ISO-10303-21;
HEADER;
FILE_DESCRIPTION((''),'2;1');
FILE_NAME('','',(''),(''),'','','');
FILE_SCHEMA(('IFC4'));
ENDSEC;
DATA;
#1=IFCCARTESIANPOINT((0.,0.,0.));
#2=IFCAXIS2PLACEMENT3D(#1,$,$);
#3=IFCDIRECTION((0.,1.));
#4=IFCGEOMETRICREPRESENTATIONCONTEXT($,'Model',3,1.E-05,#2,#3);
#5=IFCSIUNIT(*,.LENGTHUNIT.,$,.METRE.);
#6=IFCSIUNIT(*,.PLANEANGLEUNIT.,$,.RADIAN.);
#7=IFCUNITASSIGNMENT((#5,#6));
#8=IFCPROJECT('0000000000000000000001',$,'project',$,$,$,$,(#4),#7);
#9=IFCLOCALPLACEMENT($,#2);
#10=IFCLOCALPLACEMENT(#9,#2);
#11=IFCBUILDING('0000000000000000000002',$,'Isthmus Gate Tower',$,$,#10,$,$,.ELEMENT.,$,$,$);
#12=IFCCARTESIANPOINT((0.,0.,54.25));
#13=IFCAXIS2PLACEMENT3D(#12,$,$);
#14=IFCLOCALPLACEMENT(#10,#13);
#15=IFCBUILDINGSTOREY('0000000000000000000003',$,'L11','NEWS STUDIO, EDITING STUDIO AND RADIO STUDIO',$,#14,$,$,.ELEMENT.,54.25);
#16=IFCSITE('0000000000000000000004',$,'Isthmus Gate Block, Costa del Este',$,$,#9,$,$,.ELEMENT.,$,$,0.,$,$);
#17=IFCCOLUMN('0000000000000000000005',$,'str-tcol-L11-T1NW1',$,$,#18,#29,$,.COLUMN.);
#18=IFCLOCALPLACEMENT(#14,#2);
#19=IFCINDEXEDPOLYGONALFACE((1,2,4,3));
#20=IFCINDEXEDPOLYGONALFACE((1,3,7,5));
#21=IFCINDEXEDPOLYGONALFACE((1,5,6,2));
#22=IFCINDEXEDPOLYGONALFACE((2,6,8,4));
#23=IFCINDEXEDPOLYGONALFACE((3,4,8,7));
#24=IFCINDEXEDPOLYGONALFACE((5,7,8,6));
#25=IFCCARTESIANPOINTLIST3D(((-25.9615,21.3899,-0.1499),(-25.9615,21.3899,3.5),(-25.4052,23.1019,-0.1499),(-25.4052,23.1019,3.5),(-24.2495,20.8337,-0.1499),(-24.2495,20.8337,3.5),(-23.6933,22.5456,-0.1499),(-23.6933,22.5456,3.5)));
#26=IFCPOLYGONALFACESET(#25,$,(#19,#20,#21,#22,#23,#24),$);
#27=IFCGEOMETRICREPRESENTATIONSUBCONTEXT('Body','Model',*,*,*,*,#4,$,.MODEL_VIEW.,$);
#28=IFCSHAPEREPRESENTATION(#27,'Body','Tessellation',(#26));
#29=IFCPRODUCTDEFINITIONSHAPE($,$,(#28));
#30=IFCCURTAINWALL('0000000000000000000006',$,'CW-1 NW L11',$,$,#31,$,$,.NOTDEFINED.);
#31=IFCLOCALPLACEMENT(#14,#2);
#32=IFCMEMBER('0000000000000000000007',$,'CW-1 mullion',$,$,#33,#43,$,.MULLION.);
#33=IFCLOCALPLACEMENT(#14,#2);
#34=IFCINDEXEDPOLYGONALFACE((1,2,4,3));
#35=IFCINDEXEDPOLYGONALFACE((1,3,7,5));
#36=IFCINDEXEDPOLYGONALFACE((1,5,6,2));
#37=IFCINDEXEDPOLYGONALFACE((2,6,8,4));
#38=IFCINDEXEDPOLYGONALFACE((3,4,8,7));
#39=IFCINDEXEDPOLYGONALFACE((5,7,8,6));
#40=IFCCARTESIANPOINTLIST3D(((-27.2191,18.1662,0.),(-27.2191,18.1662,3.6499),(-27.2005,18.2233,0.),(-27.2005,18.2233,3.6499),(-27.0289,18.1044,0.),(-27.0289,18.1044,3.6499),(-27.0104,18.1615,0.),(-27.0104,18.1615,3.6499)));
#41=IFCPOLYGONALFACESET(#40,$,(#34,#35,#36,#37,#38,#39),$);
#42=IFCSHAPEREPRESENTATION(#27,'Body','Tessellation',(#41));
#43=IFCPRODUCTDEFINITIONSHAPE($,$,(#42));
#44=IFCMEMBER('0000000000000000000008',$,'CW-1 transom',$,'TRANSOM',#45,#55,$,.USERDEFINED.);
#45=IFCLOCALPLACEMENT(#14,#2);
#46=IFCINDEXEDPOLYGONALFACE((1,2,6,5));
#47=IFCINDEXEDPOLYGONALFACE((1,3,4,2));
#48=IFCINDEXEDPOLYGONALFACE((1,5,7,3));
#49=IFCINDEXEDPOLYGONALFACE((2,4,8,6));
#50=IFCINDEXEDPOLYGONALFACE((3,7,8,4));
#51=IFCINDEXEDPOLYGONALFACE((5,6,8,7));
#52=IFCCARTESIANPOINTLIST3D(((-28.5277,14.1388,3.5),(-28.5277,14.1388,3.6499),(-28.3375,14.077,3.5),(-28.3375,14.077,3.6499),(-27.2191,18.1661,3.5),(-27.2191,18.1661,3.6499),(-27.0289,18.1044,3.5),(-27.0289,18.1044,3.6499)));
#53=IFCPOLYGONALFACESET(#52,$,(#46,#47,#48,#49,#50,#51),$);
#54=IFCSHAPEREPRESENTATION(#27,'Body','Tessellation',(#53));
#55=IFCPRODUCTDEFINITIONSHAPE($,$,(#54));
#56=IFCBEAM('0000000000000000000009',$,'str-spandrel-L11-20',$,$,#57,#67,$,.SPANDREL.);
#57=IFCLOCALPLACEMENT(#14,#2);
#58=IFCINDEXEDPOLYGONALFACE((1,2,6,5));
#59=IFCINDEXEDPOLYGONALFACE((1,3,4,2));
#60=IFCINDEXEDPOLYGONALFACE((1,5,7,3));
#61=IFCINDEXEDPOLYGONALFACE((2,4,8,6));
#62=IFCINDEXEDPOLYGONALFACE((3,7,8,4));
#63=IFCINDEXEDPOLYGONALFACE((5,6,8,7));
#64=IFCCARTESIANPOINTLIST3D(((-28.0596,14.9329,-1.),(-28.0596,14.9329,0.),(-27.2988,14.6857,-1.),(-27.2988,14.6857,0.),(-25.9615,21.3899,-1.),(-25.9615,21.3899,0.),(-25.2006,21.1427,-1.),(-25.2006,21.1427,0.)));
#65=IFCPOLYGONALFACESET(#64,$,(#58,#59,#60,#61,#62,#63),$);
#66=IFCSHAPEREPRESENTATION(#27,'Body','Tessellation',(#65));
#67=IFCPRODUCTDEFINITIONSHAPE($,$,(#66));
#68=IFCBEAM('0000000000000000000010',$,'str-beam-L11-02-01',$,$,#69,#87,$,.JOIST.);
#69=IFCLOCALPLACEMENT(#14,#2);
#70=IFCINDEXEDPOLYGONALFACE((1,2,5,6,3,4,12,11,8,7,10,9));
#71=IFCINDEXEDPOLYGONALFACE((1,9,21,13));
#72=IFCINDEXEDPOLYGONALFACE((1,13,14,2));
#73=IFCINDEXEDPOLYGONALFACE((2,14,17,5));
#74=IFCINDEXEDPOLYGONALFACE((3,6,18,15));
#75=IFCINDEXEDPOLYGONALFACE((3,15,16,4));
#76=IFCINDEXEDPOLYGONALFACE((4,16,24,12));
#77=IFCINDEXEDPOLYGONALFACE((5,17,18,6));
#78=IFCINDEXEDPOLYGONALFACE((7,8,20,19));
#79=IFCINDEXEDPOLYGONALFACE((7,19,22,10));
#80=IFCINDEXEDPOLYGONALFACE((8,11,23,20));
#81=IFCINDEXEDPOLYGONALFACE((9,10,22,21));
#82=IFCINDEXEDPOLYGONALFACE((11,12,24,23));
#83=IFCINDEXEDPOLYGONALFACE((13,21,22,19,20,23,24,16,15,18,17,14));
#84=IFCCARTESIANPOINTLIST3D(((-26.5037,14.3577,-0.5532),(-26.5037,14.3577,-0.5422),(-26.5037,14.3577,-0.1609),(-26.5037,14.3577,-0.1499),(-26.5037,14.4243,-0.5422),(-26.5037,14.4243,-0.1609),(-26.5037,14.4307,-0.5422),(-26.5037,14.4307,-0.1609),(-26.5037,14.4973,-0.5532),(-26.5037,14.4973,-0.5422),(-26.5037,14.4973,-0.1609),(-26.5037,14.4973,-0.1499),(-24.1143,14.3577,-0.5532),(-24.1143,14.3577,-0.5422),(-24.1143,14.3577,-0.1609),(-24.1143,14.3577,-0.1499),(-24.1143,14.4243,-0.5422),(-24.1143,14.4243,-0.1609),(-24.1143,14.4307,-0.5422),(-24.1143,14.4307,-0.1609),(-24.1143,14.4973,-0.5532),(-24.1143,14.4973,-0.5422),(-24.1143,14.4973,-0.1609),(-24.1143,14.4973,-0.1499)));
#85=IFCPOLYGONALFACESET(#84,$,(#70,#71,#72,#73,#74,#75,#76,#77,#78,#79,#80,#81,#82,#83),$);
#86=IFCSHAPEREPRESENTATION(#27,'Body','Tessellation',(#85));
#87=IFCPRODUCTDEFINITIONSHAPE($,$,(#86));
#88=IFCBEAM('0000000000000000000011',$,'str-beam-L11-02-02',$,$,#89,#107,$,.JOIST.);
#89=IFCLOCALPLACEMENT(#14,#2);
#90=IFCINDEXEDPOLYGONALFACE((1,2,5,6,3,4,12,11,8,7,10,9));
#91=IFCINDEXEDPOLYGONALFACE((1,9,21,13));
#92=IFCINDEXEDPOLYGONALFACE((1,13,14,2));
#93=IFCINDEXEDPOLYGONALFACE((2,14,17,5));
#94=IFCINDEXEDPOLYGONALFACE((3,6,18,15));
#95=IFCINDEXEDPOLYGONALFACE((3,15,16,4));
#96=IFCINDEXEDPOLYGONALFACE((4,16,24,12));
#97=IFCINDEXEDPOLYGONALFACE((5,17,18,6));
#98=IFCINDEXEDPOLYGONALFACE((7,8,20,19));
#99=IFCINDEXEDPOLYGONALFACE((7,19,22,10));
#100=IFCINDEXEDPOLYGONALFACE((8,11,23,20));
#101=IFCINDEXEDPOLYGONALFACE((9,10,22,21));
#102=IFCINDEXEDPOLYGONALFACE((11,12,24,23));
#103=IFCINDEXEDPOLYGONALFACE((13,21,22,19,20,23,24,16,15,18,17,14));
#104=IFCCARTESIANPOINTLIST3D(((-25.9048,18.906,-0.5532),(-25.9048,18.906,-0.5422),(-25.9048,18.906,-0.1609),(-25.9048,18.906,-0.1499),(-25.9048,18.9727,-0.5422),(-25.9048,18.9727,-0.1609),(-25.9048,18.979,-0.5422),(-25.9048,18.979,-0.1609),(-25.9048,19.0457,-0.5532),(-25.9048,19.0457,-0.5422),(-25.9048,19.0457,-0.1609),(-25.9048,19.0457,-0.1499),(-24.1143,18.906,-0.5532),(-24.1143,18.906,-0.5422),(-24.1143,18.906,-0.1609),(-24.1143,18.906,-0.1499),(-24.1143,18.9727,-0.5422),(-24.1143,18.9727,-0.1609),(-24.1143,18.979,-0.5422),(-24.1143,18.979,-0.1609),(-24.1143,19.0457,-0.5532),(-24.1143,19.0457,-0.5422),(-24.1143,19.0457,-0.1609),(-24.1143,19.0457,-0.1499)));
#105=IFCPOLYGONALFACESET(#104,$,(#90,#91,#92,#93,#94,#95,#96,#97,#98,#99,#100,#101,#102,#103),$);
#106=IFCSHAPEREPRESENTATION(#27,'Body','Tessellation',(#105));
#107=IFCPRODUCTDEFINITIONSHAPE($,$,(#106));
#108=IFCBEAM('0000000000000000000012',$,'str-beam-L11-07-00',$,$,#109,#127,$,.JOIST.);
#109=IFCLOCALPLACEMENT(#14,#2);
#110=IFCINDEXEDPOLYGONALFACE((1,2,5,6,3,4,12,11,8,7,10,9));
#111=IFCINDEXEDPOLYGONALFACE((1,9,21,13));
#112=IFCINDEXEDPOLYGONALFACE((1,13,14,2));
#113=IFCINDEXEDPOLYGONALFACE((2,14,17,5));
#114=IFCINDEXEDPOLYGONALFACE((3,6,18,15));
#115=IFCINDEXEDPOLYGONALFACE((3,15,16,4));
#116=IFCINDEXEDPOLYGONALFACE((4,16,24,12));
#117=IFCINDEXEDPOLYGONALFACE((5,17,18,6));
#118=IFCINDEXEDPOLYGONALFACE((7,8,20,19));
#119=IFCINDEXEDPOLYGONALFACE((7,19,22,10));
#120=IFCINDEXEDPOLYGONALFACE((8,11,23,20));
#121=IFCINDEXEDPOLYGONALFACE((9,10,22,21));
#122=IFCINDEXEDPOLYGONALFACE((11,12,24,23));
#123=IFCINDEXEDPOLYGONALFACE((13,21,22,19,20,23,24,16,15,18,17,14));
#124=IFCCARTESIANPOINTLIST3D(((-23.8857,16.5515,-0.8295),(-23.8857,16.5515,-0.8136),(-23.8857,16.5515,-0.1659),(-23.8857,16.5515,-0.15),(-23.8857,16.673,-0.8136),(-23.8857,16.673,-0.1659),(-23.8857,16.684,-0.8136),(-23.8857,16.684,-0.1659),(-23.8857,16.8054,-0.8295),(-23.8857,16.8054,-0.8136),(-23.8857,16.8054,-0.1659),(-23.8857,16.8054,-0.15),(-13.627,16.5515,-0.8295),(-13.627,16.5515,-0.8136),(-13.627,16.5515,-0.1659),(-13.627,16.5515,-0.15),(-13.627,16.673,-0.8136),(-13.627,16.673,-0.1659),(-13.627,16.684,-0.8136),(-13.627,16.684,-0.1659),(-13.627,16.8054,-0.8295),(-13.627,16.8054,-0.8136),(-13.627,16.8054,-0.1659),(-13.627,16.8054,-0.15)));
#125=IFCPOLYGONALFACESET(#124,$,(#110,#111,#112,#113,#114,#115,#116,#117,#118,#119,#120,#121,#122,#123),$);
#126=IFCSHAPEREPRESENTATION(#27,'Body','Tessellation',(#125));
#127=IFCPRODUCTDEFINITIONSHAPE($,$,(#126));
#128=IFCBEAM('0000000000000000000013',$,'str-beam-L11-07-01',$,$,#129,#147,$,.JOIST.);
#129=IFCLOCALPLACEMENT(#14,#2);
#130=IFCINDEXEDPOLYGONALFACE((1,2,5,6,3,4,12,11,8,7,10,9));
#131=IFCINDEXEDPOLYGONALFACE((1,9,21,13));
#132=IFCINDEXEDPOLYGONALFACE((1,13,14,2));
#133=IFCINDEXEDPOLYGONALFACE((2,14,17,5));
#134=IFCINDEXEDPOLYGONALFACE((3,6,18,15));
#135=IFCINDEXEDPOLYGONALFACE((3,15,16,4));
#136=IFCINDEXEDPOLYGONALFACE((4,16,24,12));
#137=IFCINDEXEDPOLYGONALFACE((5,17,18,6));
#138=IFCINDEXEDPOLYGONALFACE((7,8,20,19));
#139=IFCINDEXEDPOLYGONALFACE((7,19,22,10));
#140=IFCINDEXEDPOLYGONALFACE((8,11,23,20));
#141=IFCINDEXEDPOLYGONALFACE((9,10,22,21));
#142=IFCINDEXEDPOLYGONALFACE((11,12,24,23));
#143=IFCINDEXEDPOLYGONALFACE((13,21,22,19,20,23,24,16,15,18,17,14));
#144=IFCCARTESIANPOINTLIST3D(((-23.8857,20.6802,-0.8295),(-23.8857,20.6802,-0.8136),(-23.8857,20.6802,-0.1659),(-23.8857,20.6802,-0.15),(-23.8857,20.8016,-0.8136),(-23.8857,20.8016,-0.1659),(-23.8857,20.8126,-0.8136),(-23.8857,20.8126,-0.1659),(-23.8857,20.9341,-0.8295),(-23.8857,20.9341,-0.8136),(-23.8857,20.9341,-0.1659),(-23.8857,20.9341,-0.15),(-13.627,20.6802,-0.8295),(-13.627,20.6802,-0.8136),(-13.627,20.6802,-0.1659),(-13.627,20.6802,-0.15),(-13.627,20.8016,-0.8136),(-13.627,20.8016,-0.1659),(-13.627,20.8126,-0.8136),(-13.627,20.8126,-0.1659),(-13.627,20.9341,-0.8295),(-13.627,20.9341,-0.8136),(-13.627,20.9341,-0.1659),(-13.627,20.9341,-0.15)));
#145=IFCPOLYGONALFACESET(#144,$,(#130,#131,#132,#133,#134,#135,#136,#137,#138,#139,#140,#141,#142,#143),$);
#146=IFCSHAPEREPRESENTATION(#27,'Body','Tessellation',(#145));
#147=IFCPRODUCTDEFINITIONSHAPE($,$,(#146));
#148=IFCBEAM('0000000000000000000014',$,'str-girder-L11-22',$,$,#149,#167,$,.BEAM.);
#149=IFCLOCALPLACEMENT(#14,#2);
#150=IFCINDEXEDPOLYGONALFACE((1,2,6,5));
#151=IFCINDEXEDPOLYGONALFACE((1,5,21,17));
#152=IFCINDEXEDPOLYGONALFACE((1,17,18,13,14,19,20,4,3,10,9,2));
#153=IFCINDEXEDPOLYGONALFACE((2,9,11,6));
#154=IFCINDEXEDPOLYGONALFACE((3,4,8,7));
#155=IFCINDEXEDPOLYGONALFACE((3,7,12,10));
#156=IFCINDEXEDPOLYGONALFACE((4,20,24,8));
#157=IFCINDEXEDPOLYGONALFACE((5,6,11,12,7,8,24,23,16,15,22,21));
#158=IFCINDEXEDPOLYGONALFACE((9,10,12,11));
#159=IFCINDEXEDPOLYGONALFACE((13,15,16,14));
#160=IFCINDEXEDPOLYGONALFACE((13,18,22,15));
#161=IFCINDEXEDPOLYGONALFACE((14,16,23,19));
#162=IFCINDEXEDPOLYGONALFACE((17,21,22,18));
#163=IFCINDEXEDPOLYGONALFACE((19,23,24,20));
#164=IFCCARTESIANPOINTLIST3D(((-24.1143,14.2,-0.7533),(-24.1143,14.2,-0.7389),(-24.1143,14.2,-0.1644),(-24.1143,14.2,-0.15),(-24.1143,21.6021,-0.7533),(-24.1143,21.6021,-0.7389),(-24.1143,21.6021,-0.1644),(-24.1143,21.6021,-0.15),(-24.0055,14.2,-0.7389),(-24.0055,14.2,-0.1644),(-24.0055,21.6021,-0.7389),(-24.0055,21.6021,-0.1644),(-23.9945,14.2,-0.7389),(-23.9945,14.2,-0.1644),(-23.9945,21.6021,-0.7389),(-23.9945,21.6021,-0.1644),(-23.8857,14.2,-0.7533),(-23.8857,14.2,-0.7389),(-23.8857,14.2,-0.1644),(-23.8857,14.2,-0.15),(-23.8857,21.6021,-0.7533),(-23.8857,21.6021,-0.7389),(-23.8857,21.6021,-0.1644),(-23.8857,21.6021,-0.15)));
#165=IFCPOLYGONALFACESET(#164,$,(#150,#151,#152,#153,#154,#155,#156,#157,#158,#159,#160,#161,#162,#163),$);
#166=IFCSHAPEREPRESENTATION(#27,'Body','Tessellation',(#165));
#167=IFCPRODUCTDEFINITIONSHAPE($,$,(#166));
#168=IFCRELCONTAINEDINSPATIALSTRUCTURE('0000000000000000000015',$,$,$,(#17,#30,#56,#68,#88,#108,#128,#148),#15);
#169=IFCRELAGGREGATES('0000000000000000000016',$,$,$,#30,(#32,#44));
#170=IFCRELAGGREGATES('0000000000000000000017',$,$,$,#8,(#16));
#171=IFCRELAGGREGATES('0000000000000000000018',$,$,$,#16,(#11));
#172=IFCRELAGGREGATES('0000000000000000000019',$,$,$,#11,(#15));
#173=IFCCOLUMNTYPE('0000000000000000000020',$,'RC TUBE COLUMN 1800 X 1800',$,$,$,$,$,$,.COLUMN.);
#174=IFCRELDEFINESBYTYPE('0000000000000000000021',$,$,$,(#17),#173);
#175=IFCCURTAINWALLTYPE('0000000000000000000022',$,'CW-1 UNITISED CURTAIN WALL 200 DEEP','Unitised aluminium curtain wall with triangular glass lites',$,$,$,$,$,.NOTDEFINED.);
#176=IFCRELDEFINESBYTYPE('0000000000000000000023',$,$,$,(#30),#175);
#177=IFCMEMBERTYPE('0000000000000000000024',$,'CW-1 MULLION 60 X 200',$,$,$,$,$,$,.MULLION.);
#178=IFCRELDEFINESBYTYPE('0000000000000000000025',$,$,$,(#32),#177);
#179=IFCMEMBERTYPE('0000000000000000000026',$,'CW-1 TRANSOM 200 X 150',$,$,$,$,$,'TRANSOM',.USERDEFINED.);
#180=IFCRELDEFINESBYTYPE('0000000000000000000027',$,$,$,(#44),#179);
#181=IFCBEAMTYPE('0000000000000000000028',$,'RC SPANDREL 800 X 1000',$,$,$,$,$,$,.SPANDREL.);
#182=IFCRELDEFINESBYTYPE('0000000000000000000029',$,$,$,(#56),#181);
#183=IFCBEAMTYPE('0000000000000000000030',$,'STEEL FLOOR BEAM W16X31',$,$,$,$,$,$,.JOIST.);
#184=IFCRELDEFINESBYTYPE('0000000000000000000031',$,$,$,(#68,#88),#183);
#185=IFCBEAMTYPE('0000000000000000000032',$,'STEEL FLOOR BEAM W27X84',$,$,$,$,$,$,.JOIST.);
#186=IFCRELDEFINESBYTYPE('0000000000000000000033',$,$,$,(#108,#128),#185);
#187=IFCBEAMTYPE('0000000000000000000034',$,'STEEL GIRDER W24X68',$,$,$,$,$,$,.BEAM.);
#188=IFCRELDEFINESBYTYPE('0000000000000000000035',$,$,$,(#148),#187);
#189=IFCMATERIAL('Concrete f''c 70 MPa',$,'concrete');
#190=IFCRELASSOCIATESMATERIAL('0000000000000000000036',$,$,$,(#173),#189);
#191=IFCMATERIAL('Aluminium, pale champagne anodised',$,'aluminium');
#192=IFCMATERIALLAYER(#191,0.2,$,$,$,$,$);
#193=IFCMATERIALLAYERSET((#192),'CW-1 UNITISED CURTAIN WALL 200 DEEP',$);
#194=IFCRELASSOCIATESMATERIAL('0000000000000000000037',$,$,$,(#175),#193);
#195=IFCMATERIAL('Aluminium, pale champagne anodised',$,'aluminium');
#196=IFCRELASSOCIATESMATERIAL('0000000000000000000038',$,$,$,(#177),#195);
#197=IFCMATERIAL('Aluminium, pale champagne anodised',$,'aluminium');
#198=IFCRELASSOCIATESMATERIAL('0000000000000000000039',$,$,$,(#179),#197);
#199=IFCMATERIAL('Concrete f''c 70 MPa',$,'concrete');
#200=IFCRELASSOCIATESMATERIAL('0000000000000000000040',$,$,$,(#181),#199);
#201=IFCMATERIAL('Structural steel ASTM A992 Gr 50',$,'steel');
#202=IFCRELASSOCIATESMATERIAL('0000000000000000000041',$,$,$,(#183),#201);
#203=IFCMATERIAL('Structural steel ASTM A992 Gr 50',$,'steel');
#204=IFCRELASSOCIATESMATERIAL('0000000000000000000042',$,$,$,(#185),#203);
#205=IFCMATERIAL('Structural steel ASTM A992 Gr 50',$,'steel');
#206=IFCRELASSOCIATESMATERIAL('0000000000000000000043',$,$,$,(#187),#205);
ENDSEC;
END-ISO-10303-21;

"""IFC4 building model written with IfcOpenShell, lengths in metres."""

from ifc_helpers import new_model, si_unit, direction, frame, origin, origin_2d, place, context, subcontext, project, spatial, rectangle, i_section, extrude, material, layer, layer_set, material_profile, profile_set, type_object, element, aggregate, save


model = new_model("IFC4")

# Units and contexts
model_context = context("Model", 3, precision=1e-05, world=origin(), true_north=direction((0.0, 1.0)))
body_context = subcontext(model_context, "Body", "Model", "MODEL_VIEW")
ifc_project = project(units=[si_unit("LENGTHUNIT", "METRE"), si_unit("PLANEANGLEUNIT", "RADIAN")], contexts=[model_context])

# Site, building, storey
site_placement = place(None, origin())
site = spatial("IfcSite", under=ifc_project, at=site_placement, Name="Isthmus Gate Block, Costa del Este", CompositionType="ELEMENT", RefElevation=0.0)
building_placement = place(site_placement, origin())
building = spatial("IfcBuilding", under=site, at=building_placement, Name="Isthmus Gate Tower", CompositionType="ELEMENT")
storey_placement = place(building_placement, frame((0.0, 0.0, 54.25)))
storey = spatial("IfcBuildingStorey", under=building, at=storey_placement, Name="L11", Description="NEWS STUDIO, EDITING STUDIO AND RADIO STUDIO", CompositionType="ELEMENT", Elevation=54.25)

# Column
ifc_material_1 = material(Name="Concrete f'c 70 MPa", Category="concrete")
ifc_material_profile_1 = material_profile(ifc_material_1, rectangle(XDim=1.8, YDim=1.8, at=origin_2d()), Name="RC 1800X1800")
ifc_profile_set_1 = profile_set([ifc_material_profile_1], Name="Concrete f'c 70 MPa")
column_type = type_object("IfcColumnType", Name="RC TUBE COLUMN 1800 X 1800", PredefinedType="COLUMN", material=ifc_profile_set_1)
column_placement = place(storey_placement, frame((-24.8274, 21.9678, -0.1499), z_axis=(0.0, 0.0, 1.0), x_axis=(-0.309017, -0.951057, 0.0)))
element("IfcColumn", 1, at=column_placement, inside=storey, type_object=column_type, Name="str-tcol-L11-T1NW1", PredefinedType="COLUMN", context=body_context, shape_type="SweptSolid", body=[
    extrude(rectangle(XDim=1.8, YDim=1.8, at=origin_2d()), origin(), (0.0, 0.0, 1.0), 3.6499),
])

# Curtain wall, members
ifc_material_2 = material(Name="Aluminium, pale champagne anodised", Category="aluminium")
ifc_layer_1 = layer(ifc_material_2, 0.2)
ifc_layer_set_1 = layer_set([ifc_layer_1], Name="CW-1 UNITISED CURTAIN WALL 200 DEEP")
curtain_wall_type = type_object("IfcCurtainWallType", Name="CW-1 UNITISED CURTAIN WALL 200 DEEP", Description="Unitised aluminium curtain wall with triangular glass lites", PredefinedType="NOTDEFINED", material=ifc_layer_set_1)
curtain_wall_placement = place(storey_placement, origin())
curtain_wall = element("IfcCurtainWall", 2, at=curtain_wall_placement, inside=storey, type_object=curtain_wall_type, Name="CW-1 NW L11", PredefinedType="NOTDEFINED")
ifc_material_3 = material(Name="Aluminium, pale champagne anodised", Category="aluminium")
ifc_material_profile_2 = material_profile(ifc_material_3, rectangle(XDim=0.0601, YDim=0.2, at=origin_2d()), Name="60x200")
ifc_profile_set_2 = profile_set([ifc_material_profile_2], Name="Aluminium, pale champagne anodised")
member_type_1 = type_object("IfcMemberType", Name="CW-1 MULLION 60 X 200", PredefinedType="MULLION", material=ifc_profile_set_2)
member_1_placement = place(storey_placement, frame((-27.1147, 18.1638, 0.0), z_axis=(0.0, 0.0, 1.0), x_axis=(-0.309017, -0.951057, 0.0)))
member_1 = element("IfcMember", 3, at=member_1_placement, type_object=member_type_1, Name="CW-1 mullion", PredefinedType="MULLION", context=body_context, shape_type="SweptSolid", body=[
    extrude(rectangle(XDim=0.0601, YDim=0.2, at=origin_2d()), origin(), (0.0, 0.0, 1.0), 3.6499),
])
ifc_material_4 = material(Name="Aluminium, pale champagne anodised", Category="aluminium")
ifc_material_profile_3 = material_profile(ifc_material_4, rectangle(XDim=0.2, YDim=0.1499, at=origin_2d()), Name="200x150")
ifc_profile_set_3 = profile_set([ifc_material_profile_3], Name="Aluminium, pale champagne anodised")
member_type_2 = type_object("IfcMemberType", Name="CW-1 TRANSOM 200 X 150", ElementType="TRANSOM", PredefinedType="USERDEFINED", material=ifc_profile_set_3)
member_2_placement = place(storey_placement, frame((-27.124, 18.1353, 3.575), z_axis=(-0.309023, -0.951054, 0.0), x_axis=(0.951054, -0.309023, 0.0)))
member_2 = element("IfcMember", 4, at=member_2_placement, type_object=member_type_2, Name="CW-1 transom", ObjectType="TRANSOM", PredefinedType="USERDEFINED", context=body_context, shape_type="SweptSolid", body=[
    extrude(rectangle(XDim=0.2, YDim=0.1499, at=origin_2d()), origin(), (0.0, 0.0, 1.0), 4.2346),
])

# Beams
ifc_material_5 = material(Name="Concrete f'c 70 MPa", Category="concrete")
ifc_material_profile_4 = material_profile(ifc_material_5, rectangle(XDim=0.8, YDim=1.0, at=origin_2d()), Name="RC 800X1000")
ifc_profile_set_4 = profile_set([ifc_material_profile_4], Name="Concrete f'c 70 MPa")
beam_type_1 = type_object("IfcBeamType", Name="RC SPANDREL 800 X 1000", PredefinedType="SPANDREL", material=ifc_profile_set_4)
beam_1_placement = place(storey_placement, frame((-27.6792, 14.8093, -0.5), z_axis=(0.309034, 0.951051, 0.0), x_axis=(-0.951051, 0.309034, 0.0)))
element("IfcBeam", 5, at=beam_1_placement, inside=storey, type_object=beam_type_1, Name="str-spandrel-L11-20", PredefinedType="SPANDREL", context=body_context, shape_type="SweptSolid", body=[
    extrude(rectangle(XDim=0.8, YDim=1.0, at=origin_2d()), origin(), (0.0, 0.0, 1.0), 6.7893),
])
ifc_material_6 = material(Name="Structural steel ASTM A992 Gr 50", Category="steel")
ifc_material_profile_5 = material_profile(ifc_material_6, i_section(OverallWidth=0.1396, OverallDepth=0.4033, WebThickness=0.0063, FlangeThickness=0.011, at=origin_2d()), Name="W16X31")
ifc_profile_set_5 = profile_set([ifc_material_profile_5], Name="Structural steel ASTM A992 Gr 50")
beam_type_2 = type_object("IfcBeamType", Name="STEEL FLOOR BEAM W16X31", PredefinedType="JOIST", material=ifc_profile_set_5)
beam_2_placement = place(storey_placement, frame((-26.5037, 14.4275, -0.3516), z_axis=(1.0, 0.0, 0.0), x_axis=(0.0, 1.0, 0.0)))
element("IfcBeam", 6, at=beam_2_placement, inside=storey, type_object=beam_type_2, Name="str-beam-L11-02-01", PredefinedType="JOIST", context=body_context, shape_type="SweptSolid", body=[
    extrude(i_section(OverallWidth=0.1396, OverallDepth=0.4033, WebThickness=0.0063, FlangeThickness=0.011, at=origin_2d()), origin(), (0.0, 0.0, 1.0), 2.3894),
])
beam_3_placement = place(storey_placement, frame((-25.9048, 18.9758, -0.3516), z_axis=(1.0, 0.0, 0.0), x_axis=(0.0, 1.0, 0.0)))
element("IfcBeam", 7, at=beam_3_placement, inside=storey, type_object=beam_type_2, Name="str-beam-L11-02-02", PredefinedType="JOIST", context=body_context, shape_type="SweptSolid", body=[
    extrude(i_section(OverallWidth=0.1396, OverallDepth=0.4033, WebThickness=0.0063, FlangeThickness=0.011, at=origin_2d()), origin(), (0.0, 0.0, 1.0), 1.7905),
])
ifc_material_7 = material(Name="Structural steel ASTM A992 Gr 50", Category="steel")
ifc_material_profile_6 = material_profile(ifc_material_7, i_section(OverallWidth=0.2539, OverallDepth=0.6794, WebThickness=0.011, FlangeThickness=0.0159, at=origin_2d()), Name="W27X84")
ifc_profile_set_6 = profile_set([ifc_material_profile_6], Name="Structural steel ASTM A992 Gr 50")
beam_type_3 = type_object("IfcBeamType", Name="STEEL FLOOR BEAM W27X84", PredefinedType="JOIST", material=ifc_profile_set_6)
for number, where, z_axis, x_axis, name in (
    (8, (-23.8857, 16.6785, -0.4897), (1.0, 0.0, 0.0), (0.0, 1.0, 0.0), "str-beam-L11-07-00"),
    (9, (-23.8857, 20.8071, -0.4897), (1.0, 0.0, 0.0), (0.0, 1.0, 0.0), "str-beam-L11-07-01"),
):
    element("IfcBeam", number, at=place(storey_placement, frame(where, z_axis=z_axis, x_axis=x_axis)), inside=storey, type_object=beam_type_3, Name=name, PredefinedType="JOIST", context=body_context, shape_type="SweptSolid", body=[
        extrude(i_section(OverallWidth=0.2539, OverallDepth=0.6794, WebThickness=0.011, FlangeThickness=0.0159, at=origin_2d()), origin(), (0.0, 0.0, 1.0), 10.2588),
    ])
ifc_material_8 = material(Name="Structural steel ASTM A992 Gr 50", Category="steel")
ifc_material_profile_7 = material_profile(ifc_material_8, i_section(OverallWidth=0.2285, OverallDepth=0.6033, WebThickness=0.011, FlangeThickness=0.0144, at=origin_2d()), Name="W24X68")
ifc_profile_set_7 = profile_set([ifc_material_profile_7], Name="Structural steel ASTM A992 Gr 50")
beam_type_4 = type_object("IfcBeamType", Name="STEEL GIRDER W24X68", PredefinedType="BEAM", material=ifc_profile_set_7)
beam_4_placement = place(storey_placement, frame((-24.0, 14.2, -0.4517), z_axis=(0.0, 1.0, 0.0), x_axis=(-1.0, 0.0, 0.0)))
element("IfcBeam", 10, at=beam_4_placement, inside=storey, type_object=beam_type_4, Name="str-girder-L11-22", PredefinedType="BEAM", context=body_context, shape_type="SweptSolid", body=[
    extrude(i_section(OverallWidth=0.2285, OverallDepth=0.6033, WebThickness=0.011, FlangeThickness=0.0144, at=origin_2d()), origin(), (0.0, 0.0, 1.0), 7.4021),
])

aggregate(curtain_wall, [member_1, member_2])

save(model, "model.ifc")
